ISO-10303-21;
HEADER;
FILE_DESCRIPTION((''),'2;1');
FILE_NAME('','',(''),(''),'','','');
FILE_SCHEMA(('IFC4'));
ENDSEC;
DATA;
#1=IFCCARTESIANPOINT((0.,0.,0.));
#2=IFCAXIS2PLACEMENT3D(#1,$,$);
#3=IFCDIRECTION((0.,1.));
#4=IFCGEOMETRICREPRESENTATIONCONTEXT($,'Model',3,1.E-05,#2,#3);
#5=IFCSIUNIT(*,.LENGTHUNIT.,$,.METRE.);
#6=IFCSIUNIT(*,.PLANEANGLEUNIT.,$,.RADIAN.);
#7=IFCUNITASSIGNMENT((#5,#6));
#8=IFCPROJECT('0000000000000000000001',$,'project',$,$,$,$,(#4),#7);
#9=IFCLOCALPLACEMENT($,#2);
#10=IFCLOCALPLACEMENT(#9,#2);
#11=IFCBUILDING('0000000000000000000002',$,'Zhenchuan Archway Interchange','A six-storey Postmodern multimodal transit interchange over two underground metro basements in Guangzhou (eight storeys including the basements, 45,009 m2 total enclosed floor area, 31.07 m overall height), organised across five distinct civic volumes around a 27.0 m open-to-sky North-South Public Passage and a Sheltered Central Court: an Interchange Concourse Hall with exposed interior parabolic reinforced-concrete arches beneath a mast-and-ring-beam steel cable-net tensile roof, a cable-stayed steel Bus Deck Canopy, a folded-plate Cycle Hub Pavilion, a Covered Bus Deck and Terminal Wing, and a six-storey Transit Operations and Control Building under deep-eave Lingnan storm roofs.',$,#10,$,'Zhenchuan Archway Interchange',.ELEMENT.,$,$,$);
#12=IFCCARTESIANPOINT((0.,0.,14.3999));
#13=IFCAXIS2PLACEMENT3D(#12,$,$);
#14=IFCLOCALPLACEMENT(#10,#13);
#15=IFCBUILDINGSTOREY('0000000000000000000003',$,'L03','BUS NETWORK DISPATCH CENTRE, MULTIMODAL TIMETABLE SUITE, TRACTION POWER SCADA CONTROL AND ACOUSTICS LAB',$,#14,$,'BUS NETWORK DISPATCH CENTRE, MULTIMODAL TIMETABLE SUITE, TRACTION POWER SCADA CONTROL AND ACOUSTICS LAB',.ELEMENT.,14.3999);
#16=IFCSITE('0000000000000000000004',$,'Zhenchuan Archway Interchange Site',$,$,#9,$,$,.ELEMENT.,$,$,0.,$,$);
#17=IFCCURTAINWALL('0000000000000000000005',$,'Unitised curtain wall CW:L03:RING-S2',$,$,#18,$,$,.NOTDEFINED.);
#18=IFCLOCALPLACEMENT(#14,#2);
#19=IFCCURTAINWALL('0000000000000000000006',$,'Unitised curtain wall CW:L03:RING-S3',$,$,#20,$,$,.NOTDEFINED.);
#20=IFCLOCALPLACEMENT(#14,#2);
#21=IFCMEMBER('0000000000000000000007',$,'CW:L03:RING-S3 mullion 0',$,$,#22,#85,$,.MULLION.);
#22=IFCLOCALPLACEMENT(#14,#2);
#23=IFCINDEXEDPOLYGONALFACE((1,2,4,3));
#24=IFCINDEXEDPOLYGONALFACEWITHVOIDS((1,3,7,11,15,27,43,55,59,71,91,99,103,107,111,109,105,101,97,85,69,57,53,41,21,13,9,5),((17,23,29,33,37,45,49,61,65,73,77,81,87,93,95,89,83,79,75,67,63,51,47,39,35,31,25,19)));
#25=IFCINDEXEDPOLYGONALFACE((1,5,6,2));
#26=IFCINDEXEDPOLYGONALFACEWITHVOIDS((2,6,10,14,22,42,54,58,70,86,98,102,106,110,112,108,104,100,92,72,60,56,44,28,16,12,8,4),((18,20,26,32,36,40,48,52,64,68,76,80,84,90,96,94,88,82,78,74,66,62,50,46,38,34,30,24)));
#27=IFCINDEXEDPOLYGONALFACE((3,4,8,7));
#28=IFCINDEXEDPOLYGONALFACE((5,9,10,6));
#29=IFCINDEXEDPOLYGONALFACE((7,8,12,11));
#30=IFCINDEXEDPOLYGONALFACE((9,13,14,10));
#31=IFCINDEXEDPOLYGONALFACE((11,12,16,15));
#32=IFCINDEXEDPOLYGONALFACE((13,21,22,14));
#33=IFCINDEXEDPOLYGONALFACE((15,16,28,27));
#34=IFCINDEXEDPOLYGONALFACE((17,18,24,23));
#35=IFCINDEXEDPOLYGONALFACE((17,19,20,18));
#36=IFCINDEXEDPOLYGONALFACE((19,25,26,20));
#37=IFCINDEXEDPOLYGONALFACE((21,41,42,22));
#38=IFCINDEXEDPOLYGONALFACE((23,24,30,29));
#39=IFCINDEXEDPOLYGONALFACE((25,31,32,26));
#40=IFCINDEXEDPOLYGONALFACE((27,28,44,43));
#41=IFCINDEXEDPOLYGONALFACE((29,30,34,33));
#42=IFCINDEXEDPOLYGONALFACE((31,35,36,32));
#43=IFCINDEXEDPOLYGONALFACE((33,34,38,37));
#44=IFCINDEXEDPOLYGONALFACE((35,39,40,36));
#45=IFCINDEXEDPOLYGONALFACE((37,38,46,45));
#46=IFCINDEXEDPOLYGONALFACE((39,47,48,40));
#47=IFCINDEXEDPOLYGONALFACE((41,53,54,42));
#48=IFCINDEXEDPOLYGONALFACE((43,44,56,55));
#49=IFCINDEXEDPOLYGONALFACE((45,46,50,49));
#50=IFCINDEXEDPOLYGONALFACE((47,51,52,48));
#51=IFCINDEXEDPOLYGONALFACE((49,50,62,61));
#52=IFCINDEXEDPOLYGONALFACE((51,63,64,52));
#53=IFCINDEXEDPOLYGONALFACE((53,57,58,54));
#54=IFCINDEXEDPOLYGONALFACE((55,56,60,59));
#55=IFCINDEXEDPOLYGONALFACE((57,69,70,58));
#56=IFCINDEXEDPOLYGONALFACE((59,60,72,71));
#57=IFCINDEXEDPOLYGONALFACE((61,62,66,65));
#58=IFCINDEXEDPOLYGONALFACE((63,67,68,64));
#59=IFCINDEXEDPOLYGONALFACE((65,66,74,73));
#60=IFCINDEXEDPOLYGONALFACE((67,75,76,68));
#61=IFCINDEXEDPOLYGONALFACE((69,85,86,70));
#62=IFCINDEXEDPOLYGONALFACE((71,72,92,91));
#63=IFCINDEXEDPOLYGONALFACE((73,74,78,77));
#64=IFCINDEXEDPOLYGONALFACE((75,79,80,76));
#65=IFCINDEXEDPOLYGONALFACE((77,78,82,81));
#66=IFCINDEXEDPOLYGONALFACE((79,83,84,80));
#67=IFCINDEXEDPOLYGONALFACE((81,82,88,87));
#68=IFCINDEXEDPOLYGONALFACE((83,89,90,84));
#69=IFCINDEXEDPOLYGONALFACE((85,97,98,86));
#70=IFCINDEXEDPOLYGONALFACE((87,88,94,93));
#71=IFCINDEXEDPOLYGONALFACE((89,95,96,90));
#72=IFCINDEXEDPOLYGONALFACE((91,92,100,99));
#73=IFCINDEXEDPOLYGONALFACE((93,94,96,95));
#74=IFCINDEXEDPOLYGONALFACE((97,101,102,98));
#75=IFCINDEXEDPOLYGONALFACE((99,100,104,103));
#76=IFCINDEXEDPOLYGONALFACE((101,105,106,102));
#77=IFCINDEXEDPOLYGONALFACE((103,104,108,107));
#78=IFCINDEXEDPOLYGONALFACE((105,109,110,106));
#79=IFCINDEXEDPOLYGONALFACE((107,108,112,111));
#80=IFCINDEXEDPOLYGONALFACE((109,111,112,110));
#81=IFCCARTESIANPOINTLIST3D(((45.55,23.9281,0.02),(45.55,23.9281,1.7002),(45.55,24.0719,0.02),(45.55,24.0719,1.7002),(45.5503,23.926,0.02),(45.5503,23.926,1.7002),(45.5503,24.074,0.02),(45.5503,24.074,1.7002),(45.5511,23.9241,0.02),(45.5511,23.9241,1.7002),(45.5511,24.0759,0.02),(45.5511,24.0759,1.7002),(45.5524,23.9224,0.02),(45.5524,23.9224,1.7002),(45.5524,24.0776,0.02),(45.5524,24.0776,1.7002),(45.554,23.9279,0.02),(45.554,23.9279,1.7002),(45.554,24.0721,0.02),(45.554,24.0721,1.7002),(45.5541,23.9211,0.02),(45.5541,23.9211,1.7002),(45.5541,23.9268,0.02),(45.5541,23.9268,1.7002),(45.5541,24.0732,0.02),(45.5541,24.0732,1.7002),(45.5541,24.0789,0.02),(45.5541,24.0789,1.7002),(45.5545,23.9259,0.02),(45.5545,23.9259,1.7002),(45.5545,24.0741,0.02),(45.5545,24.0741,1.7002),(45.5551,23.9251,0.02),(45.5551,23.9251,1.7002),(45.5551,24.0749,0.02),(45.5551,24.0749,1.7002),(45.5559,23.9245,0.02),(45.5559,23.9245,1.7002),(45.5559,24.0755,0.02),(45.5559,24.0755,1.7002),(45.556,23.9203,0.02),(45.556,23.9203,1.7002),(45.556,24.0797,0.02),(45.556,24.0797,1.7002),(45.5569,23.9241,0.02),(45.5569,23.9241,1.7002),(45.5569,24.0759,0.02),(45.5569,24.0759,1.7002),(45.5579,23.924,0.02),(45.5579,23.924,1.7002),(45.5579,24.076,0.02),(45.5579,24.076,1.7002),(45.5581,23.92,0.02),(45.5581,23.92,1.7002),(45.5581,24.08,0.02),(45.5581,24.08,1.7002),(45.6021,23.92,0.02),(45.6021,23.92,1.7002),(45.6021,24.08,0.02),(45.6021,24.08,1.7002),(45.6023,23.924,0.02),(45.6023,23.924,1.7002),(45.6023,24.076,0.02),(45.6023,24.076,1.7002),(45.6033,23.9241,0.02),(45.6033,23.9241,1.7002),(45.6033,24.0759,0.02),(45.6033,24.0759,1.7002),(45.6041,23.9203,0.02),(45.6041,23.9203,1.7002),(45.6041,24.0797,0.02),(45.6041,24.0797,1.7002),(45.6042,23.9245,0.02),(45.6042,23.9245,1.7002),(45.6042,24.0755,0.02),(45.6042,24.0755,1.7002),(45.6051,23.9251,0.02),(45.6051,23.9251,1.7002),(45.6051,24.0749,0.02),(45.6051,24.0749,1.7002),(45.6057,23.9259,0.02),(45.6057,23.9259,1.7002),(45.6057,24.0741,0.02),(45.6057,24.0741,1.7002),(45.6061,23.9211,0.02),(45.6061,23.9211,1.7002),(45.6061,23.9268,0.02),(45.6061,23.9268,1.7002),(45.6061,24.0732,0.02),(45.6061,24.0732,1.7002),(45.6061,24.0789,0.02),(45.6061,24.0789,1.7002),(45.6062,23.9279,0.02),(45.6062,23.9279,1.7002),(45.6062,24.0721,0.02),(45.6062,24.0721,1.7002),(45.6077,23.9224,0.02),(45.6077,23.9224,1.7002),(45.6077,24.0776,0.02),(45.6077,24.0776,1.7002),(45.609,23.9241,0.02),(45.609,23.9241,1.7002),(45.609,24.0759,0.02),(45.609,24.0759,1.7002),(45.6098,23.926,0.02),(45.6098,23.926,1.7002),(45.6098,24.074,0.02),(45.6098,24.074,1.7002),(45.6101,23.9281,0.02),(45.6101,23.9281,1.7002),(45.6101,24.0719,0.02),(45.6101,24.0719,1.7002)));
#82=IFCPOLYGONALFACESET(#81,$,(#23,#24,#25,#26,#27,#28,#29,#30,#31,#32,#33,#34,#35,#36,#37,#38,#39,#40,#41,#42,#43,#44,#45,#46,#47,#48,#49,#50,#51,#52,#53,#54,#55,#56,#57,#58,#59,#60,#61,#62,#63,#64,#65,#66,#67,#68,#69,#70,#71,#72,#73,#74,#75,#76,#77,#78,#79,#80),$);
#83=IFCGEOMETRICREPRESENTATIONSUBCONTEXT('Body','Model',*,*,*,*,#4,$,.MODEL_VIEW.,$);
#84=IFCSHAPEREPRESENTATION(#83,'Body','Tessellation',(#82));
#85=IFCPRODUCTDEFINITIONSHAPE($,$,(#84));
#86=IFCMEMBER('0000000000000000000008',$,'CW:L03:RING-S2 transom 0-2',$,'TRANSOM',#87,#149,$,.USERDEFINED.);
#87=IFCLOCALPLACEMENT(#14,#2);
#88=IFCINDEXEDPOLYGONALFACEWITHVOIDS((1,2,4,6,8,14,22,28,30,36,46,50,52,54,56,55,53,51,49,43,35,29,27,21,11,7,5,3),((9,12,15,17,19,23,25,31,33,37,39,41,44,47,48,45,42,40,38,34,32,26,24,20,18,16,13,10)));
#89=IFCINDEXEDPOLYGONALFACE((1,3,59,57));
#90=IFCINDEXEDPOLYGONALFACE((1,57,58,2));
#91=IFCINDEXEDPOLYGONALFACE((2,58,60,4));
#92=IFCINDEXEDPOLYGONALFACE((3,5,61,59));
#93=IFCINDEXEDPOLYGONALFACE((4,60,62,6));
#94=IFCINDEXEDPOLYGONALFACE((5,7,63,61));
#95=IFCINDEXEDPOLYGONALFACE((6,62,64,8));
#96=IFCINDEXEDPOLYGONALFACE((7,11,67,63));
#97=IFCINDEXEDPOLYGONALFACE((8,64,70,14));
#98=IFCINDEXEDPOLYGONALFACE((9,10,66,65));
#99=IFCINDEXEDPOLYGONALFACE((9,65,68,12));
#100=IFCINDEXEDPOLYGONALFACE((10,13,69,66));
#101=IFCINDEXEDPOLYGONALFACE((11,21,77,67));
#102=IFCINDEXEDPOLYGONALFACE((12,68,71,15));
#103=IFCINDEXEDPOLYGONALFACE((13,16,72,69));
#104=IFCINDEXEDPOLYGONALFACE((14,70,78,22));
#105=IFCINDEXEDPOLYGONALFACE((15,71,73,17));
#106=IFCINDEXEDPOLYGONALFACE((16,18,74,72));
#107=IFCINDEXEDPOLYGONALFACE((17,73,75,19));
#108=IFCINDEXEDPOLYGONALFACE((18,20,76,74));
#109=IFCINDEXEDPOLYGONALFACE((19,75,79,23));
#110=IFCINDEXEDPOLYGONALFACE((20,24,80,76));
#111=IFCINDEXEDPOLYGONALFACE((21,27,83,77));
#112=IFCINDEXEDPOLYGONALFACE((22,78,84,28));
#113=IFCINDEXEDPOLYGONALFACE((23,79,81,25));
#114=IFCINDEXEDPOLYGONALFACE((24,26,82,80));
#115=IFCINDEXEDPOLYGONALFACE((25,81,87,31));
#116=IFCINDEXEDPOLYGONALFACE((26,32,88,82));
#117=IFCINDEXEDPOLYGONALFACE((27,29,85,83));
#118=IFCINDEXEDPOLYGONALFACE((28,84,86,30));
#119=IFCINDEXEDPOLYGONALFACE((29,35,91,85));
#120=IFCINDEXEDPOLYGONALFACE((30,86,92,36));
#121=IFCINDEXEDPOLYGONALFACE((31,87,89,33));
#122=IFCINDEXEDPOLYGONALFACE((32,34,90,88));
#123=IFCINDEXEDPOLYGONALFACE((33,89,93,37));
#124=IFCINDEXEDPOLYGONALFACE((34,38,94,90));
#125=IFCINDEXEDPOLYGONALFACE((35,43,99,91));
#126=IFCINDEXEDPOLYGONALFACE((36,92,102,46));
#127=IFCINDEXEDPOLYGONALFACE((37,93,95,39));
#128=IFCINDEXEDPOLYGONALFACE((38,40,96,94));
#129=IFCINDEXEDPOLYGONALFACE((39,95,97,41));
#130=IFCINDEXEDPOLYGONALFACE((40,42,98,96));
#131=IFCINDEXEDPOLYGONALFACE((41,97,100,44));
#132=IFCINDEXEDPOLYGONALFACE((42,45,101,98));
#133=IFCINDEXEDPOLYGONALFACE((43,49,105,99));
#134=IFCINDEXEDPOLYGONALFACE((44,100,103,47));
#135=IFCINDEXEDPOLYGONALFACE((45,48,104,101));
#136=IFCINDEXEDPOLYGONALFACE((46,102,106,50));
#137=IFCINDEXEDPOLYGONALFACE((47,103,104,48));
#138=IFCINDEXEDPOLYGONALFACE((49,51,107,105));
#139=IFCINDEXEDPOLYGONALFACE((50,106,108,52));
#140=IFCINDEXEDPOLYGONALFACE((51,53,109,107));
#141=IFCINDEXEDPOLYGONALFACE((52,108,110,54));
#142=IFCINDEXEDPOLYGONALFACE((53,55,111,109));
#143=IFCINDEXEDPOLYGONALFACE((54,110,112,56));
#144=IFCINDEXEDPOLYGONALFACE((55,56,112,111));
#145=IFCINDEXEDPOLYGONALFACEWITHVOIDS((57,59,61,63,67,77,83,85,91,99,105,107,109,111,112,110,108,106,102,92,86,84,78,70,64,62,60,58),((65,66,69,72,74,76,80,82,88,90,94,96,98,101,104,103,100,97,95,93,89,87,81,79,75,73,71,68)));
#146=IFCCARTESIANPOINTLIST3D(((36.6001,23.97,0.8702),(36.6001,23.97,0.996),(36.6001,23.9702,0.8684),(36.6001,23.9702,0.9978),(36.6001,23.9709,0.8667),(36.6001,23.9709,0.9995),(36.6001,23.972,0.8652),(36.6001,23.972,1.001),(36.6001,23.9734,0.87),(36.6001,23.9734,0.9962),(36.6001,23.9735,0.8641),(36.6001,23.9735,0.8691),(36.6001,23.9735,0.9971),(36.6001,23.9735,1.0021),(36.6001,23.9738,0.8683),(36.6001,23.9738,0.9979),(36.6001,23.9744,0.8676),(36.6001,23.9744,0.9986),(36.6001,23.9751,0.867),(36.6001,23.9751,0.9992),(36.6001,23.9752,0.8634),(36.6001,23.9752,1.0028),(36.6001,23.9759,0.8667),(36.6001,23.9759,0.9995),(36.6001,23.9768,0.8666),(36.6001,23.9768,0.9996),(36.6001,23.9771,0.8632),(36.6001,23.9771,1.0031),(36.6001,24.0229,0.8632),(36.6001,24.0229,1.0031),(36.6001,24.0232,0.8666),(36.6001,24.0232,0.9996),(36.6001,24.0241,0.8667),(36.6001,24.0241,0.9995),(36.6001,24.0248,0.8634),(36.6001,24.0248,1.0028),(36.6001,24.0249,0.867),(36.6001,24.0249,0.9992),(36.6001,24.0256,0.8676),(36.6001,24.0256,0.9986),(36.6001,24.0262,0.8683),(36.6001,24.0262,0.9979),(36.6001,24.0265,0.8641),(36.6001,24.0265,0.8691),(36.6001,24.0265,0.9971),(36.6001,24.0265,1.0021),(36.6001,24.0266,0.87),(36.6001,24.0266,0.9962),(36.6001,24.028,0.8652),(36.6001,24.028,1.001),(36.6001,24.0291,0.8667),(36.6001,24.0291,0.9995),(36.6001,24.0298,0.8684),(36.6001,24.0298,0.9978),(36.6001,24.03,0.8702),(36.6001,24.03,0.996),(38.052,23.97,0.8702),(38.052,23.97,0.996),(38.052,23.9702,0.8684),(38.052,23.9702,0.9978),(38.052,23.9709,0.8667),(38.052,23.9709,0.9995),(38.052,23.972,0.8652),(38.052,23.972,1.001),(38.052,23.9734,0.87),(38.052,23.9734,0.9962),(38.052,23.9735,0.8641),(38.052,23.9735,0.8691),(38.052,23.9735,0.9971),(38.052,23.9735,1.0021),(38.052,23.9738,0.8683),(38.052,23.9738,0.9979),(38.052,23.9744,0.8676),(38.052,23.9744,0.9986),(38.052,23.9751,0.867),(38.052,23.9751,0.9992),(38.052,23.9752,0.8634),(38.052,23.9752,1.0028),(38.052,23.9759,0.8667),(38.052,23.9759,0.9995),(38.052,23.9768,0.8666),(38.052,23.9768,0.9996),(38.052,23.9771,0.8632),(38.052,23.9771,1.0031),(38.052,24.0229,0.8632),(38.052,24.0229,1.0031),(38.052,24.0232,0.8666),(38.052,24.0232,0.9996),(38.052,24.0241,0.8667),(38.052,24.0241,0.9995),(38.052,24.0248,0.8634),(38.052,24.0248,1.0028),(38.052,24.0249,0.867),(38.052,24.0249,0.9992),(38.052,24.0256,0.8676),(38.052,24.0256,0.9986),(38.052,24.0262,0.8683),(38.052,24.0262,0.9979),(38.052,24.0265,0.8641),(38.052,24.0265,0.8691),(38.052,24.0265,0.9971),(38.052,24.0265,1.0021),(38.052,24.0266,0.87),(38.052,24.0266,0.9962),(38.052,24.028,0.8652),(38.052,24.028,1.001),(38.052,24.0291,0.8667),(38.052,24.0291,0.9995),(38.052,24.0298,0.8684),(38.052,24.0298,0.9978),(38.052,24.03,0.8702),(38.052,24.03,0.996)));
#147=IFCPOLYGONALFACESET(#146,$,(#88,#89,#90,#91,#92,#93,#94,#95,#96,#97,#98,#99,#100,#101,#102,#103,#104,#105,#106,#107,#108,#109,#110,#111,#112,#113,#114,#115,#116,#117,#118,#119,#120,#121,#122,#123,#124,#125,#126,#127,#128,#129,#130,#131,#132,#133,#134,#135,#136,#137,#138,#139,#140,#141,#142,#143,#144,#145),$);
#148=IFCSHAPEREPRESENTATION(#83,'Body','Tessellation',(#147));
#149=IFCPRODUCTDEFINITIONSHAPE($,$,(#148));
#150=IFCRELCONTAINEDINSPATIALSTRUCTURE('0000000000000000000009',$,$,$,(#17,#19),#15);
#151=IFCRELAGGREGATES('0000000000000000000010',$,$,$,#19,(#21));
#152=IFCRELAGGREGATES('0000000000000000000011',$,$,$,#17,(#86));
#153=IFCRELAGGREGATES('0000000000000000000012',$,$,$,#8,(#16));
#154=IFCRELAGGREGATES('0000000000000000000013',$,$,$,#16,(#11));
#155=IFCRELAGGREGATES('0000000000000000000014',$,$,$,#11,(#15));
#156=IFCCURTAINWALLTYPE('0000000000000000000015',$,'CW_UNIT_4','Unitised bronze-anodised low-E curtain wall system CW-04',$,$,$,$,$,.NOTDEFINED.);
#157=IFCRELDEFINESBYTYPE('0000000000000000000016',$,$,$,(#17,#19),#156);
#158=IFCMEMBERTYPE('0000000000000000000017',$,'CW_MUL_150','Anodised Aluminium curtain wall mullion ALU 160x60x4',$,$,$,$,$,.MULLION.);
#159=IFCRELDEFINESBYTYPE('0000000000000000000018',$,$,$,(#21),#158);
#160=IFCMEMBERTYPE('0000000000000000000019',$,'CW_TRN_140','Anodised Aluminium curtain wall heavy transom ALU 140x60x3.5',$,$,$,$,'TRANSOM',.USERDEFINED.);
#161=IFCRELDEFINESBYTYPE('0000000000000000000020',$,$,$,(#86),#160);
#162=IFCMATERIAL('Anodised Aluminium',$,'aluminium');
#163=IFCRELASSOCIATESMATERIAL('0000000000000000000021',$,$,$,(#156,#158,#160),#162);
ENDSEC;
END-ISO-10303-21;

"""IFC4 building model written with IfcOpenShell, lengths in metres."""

from ifc_helpers import new_model, si_unit, direction, frame, origin, origin_2d, place, context, subcontext, project, spatial, hollow_rectangle, extrude, material, material_profile, profile_set, type_object, element, aggregate, save


model = new_model("IFC4")

# Units and contexts
model_context = context("Model", 3, precision=1e-05, world=origin(), true_north=direction((0.0, 1.0)))
body_context = subcontext(model_context, "Body", "Model", "MODEL_VIEW")
ifc_project = project(units=[si_unit("LENGTHUNIT", "METRE"), si_unit("PLANEANGLEUNIT", "RADIAN")], contexts=[model_context])

# Site, building, storey
site_placement = place(None, origin())
site = spatial("IfcSite", under=ifc_project, at=site_placement, Name="Zhenchuan Archway Interchange Site", CompositionType="ELEMENT", RefElevation=0.0)
building_placement = place(site_placement, origin())
building = spatial("IfcBuilding", under=site, at=building_placement, Name="Zhenchuan Archway Interchange", Description="A six-storey Postmodern multimodal transit interchange over two underground metro basements in Guangzhou (eight storeys including the basements, 45,009 m2 total enclosed floor area, 31.07 m overall height), organised across five distinct civic volumes around a 27.0 m open-to-sky North-South Public Passage and a Sheltered Central Court: an Interchange Concourse Hall with exposed interior parabolic reinforced-concrete arches beneath a mast-and-ring-beam steel cable-net tensile roof, a cable-stayed steel Bus Deck Canopy, a folded-plate Cycle Hub Pavilion, a Covered Bus Deck and Terminal Wing, and a six-storey Transit Operations and Control Building under deep-eave Lingnan storm roofs.", LongName="Zhenchuan Archway Interchange", CompositionType="ELEMENT")
storey_placement = place(building_placement, frame((0.0, 0.0, 14.3999)))
storey = spatial("IfcBuildingStorey", under=building, at=storey_placement, Name="L03", Description="BUS NETWORK DISPATCH CENTRE, MULTIMODAL TIMETABLE SUITE, TRACTION POWER SCADA CONTROL AND ACOUSTICS LAB", LongName="BUS NETWORK DISPATCH CENTRE, MULTIMODAL TIMETABLE SUITE, TRACTION POWER SCADA CONTROL AND ACOUSTICS LAB", CompositionType="ELEMENT", Elevation=14.3999)

# Curtain wall
ifc_material_1 = material(Name="Anodised Aluminium", Category="aluminium")
curtain_wall_type = type_object("IfcCurtainWallType", Name="CW_UNIT_4", Description="Unitised bronze-anodised low-E curtain wall system CW-04", PredefinedType="NOTDEFINED", material=ifc_material_1)
curtain_wall_1_placement = place(storey_placement, origin())
curtain_wall_1 = element("IfcCurtainWall", 1, at=curtain_wall_1_placement, inside=storey, type_object=curtain_wall_type, Name="Unitised curtain wall CW:L03:RING-S2", PredefinedType="NOTDEFINED")
ifc_material_profile_1 = material_profile(ifc_material_1, hollow_rectangle(XDim=0.0601, YDim=0.1599, WallThickness=0.0039, InnerFilletRadius=0.0039, OuterFilletRadius=0.0081, at=origin_2d()), Name="ALU 160x60x4")
ifc_profile_set_1 = profile_set([ifc_material_profile_1], Name="Anodised Aluminium")
member_type_1 = type_object("IfcMemberType", Name="CW_MUL_150", Description="Anodised Aluminium curtain wall mullion ALU 160x60x4", PredefinedType="MULLION", material=ifc_profile_set_1)

# Curtain wall, member
curtain_wall_2_placement = place(storey_placement, origin())
curtain_wall_2 = element("IfcCurtainWall", 2, at=curtain_wall_2_placement, inside=storey, type_object=curtain_wall_type, Name="Unitised curtain wall CW:L03:RING-S3", PredefinedType="NOTDEFINED")
member_1_placement = place(storey_placement, frame((45.5801, 24.0, 0.02), z_axis=(0.0, 0.0, 1.0), x_axis=(1.0, 0.0, 0.0)))
member_1 = element("IfcMember", 3, at=member_1_placement, type_object=member_type_1, Name="CW:L03:RING-S3 mullion 0", PredefinedType="MULLION", context=body_context, shape_type="SweptSolid", body=[
    extrude(hollow_rectangle(XDim=0.0601, YDim=0.1599, WallThickness=0.0039, InnerFilletRadius=0.0039, OuterFilletRadius=0.0081, at=origin_2d()), origin(), (0.0, 0.0, 1.0), 1.6802),
])

# Member
ifc_material_profile_2 = material_profile(ifc_material_1, hollow_rectangle(XDim=0.0601, YDim=0.1399, WallThickness=0.0034, InnerFilletRadius=0.0034, OuterFilletRadius=0.0071, at=origin_2d()), Name="ALU 140x60x3.5")
ifc_profile_set_2 = profile_set([ifc_material_profile_2], Name="Anodised Aluminium")
member_type_2 = type_object("IfcMemberType", Name="CW_TRN_140", Description="Anodised Aluminium curtain wall heavy transom ALU 140x60x3.5", ElementType="TRANSOM", PredefinedType="USERDEFINED", material=ifc_profile_set_2)
member_2_placement = place(storey_placement, frame((36.6001, 24.0, 0.9331), z_axis=(1.0, 0.0, 0.0), x_axis=(0.0, 1.0, 0.0)))
member_2 = element("IfcMember", 4, at=member_2_placement, type_object=member_type_2, Name="CW:L03:RING-S2 transom 0-2", ObjectType="TRANSOM", PredefinedType="USERDEFINED", context=body_context, shape_type="SweptSolid", body=[
    extrude(hollow_rectangle(XDim=0.0601, YDim=0.1399, WallThickness=0.0034, InnerFilletRadius=0.0034, OuterFilletRadius=0.0071, at=origin_2d()), origin(), (0.0, 0.0, 1.0), 1.4519),
])
aggregate(curtain_wall_2, [member_1])

aggregate(curtain_wall_1, [member_2])

save(model, "model.ifc")
